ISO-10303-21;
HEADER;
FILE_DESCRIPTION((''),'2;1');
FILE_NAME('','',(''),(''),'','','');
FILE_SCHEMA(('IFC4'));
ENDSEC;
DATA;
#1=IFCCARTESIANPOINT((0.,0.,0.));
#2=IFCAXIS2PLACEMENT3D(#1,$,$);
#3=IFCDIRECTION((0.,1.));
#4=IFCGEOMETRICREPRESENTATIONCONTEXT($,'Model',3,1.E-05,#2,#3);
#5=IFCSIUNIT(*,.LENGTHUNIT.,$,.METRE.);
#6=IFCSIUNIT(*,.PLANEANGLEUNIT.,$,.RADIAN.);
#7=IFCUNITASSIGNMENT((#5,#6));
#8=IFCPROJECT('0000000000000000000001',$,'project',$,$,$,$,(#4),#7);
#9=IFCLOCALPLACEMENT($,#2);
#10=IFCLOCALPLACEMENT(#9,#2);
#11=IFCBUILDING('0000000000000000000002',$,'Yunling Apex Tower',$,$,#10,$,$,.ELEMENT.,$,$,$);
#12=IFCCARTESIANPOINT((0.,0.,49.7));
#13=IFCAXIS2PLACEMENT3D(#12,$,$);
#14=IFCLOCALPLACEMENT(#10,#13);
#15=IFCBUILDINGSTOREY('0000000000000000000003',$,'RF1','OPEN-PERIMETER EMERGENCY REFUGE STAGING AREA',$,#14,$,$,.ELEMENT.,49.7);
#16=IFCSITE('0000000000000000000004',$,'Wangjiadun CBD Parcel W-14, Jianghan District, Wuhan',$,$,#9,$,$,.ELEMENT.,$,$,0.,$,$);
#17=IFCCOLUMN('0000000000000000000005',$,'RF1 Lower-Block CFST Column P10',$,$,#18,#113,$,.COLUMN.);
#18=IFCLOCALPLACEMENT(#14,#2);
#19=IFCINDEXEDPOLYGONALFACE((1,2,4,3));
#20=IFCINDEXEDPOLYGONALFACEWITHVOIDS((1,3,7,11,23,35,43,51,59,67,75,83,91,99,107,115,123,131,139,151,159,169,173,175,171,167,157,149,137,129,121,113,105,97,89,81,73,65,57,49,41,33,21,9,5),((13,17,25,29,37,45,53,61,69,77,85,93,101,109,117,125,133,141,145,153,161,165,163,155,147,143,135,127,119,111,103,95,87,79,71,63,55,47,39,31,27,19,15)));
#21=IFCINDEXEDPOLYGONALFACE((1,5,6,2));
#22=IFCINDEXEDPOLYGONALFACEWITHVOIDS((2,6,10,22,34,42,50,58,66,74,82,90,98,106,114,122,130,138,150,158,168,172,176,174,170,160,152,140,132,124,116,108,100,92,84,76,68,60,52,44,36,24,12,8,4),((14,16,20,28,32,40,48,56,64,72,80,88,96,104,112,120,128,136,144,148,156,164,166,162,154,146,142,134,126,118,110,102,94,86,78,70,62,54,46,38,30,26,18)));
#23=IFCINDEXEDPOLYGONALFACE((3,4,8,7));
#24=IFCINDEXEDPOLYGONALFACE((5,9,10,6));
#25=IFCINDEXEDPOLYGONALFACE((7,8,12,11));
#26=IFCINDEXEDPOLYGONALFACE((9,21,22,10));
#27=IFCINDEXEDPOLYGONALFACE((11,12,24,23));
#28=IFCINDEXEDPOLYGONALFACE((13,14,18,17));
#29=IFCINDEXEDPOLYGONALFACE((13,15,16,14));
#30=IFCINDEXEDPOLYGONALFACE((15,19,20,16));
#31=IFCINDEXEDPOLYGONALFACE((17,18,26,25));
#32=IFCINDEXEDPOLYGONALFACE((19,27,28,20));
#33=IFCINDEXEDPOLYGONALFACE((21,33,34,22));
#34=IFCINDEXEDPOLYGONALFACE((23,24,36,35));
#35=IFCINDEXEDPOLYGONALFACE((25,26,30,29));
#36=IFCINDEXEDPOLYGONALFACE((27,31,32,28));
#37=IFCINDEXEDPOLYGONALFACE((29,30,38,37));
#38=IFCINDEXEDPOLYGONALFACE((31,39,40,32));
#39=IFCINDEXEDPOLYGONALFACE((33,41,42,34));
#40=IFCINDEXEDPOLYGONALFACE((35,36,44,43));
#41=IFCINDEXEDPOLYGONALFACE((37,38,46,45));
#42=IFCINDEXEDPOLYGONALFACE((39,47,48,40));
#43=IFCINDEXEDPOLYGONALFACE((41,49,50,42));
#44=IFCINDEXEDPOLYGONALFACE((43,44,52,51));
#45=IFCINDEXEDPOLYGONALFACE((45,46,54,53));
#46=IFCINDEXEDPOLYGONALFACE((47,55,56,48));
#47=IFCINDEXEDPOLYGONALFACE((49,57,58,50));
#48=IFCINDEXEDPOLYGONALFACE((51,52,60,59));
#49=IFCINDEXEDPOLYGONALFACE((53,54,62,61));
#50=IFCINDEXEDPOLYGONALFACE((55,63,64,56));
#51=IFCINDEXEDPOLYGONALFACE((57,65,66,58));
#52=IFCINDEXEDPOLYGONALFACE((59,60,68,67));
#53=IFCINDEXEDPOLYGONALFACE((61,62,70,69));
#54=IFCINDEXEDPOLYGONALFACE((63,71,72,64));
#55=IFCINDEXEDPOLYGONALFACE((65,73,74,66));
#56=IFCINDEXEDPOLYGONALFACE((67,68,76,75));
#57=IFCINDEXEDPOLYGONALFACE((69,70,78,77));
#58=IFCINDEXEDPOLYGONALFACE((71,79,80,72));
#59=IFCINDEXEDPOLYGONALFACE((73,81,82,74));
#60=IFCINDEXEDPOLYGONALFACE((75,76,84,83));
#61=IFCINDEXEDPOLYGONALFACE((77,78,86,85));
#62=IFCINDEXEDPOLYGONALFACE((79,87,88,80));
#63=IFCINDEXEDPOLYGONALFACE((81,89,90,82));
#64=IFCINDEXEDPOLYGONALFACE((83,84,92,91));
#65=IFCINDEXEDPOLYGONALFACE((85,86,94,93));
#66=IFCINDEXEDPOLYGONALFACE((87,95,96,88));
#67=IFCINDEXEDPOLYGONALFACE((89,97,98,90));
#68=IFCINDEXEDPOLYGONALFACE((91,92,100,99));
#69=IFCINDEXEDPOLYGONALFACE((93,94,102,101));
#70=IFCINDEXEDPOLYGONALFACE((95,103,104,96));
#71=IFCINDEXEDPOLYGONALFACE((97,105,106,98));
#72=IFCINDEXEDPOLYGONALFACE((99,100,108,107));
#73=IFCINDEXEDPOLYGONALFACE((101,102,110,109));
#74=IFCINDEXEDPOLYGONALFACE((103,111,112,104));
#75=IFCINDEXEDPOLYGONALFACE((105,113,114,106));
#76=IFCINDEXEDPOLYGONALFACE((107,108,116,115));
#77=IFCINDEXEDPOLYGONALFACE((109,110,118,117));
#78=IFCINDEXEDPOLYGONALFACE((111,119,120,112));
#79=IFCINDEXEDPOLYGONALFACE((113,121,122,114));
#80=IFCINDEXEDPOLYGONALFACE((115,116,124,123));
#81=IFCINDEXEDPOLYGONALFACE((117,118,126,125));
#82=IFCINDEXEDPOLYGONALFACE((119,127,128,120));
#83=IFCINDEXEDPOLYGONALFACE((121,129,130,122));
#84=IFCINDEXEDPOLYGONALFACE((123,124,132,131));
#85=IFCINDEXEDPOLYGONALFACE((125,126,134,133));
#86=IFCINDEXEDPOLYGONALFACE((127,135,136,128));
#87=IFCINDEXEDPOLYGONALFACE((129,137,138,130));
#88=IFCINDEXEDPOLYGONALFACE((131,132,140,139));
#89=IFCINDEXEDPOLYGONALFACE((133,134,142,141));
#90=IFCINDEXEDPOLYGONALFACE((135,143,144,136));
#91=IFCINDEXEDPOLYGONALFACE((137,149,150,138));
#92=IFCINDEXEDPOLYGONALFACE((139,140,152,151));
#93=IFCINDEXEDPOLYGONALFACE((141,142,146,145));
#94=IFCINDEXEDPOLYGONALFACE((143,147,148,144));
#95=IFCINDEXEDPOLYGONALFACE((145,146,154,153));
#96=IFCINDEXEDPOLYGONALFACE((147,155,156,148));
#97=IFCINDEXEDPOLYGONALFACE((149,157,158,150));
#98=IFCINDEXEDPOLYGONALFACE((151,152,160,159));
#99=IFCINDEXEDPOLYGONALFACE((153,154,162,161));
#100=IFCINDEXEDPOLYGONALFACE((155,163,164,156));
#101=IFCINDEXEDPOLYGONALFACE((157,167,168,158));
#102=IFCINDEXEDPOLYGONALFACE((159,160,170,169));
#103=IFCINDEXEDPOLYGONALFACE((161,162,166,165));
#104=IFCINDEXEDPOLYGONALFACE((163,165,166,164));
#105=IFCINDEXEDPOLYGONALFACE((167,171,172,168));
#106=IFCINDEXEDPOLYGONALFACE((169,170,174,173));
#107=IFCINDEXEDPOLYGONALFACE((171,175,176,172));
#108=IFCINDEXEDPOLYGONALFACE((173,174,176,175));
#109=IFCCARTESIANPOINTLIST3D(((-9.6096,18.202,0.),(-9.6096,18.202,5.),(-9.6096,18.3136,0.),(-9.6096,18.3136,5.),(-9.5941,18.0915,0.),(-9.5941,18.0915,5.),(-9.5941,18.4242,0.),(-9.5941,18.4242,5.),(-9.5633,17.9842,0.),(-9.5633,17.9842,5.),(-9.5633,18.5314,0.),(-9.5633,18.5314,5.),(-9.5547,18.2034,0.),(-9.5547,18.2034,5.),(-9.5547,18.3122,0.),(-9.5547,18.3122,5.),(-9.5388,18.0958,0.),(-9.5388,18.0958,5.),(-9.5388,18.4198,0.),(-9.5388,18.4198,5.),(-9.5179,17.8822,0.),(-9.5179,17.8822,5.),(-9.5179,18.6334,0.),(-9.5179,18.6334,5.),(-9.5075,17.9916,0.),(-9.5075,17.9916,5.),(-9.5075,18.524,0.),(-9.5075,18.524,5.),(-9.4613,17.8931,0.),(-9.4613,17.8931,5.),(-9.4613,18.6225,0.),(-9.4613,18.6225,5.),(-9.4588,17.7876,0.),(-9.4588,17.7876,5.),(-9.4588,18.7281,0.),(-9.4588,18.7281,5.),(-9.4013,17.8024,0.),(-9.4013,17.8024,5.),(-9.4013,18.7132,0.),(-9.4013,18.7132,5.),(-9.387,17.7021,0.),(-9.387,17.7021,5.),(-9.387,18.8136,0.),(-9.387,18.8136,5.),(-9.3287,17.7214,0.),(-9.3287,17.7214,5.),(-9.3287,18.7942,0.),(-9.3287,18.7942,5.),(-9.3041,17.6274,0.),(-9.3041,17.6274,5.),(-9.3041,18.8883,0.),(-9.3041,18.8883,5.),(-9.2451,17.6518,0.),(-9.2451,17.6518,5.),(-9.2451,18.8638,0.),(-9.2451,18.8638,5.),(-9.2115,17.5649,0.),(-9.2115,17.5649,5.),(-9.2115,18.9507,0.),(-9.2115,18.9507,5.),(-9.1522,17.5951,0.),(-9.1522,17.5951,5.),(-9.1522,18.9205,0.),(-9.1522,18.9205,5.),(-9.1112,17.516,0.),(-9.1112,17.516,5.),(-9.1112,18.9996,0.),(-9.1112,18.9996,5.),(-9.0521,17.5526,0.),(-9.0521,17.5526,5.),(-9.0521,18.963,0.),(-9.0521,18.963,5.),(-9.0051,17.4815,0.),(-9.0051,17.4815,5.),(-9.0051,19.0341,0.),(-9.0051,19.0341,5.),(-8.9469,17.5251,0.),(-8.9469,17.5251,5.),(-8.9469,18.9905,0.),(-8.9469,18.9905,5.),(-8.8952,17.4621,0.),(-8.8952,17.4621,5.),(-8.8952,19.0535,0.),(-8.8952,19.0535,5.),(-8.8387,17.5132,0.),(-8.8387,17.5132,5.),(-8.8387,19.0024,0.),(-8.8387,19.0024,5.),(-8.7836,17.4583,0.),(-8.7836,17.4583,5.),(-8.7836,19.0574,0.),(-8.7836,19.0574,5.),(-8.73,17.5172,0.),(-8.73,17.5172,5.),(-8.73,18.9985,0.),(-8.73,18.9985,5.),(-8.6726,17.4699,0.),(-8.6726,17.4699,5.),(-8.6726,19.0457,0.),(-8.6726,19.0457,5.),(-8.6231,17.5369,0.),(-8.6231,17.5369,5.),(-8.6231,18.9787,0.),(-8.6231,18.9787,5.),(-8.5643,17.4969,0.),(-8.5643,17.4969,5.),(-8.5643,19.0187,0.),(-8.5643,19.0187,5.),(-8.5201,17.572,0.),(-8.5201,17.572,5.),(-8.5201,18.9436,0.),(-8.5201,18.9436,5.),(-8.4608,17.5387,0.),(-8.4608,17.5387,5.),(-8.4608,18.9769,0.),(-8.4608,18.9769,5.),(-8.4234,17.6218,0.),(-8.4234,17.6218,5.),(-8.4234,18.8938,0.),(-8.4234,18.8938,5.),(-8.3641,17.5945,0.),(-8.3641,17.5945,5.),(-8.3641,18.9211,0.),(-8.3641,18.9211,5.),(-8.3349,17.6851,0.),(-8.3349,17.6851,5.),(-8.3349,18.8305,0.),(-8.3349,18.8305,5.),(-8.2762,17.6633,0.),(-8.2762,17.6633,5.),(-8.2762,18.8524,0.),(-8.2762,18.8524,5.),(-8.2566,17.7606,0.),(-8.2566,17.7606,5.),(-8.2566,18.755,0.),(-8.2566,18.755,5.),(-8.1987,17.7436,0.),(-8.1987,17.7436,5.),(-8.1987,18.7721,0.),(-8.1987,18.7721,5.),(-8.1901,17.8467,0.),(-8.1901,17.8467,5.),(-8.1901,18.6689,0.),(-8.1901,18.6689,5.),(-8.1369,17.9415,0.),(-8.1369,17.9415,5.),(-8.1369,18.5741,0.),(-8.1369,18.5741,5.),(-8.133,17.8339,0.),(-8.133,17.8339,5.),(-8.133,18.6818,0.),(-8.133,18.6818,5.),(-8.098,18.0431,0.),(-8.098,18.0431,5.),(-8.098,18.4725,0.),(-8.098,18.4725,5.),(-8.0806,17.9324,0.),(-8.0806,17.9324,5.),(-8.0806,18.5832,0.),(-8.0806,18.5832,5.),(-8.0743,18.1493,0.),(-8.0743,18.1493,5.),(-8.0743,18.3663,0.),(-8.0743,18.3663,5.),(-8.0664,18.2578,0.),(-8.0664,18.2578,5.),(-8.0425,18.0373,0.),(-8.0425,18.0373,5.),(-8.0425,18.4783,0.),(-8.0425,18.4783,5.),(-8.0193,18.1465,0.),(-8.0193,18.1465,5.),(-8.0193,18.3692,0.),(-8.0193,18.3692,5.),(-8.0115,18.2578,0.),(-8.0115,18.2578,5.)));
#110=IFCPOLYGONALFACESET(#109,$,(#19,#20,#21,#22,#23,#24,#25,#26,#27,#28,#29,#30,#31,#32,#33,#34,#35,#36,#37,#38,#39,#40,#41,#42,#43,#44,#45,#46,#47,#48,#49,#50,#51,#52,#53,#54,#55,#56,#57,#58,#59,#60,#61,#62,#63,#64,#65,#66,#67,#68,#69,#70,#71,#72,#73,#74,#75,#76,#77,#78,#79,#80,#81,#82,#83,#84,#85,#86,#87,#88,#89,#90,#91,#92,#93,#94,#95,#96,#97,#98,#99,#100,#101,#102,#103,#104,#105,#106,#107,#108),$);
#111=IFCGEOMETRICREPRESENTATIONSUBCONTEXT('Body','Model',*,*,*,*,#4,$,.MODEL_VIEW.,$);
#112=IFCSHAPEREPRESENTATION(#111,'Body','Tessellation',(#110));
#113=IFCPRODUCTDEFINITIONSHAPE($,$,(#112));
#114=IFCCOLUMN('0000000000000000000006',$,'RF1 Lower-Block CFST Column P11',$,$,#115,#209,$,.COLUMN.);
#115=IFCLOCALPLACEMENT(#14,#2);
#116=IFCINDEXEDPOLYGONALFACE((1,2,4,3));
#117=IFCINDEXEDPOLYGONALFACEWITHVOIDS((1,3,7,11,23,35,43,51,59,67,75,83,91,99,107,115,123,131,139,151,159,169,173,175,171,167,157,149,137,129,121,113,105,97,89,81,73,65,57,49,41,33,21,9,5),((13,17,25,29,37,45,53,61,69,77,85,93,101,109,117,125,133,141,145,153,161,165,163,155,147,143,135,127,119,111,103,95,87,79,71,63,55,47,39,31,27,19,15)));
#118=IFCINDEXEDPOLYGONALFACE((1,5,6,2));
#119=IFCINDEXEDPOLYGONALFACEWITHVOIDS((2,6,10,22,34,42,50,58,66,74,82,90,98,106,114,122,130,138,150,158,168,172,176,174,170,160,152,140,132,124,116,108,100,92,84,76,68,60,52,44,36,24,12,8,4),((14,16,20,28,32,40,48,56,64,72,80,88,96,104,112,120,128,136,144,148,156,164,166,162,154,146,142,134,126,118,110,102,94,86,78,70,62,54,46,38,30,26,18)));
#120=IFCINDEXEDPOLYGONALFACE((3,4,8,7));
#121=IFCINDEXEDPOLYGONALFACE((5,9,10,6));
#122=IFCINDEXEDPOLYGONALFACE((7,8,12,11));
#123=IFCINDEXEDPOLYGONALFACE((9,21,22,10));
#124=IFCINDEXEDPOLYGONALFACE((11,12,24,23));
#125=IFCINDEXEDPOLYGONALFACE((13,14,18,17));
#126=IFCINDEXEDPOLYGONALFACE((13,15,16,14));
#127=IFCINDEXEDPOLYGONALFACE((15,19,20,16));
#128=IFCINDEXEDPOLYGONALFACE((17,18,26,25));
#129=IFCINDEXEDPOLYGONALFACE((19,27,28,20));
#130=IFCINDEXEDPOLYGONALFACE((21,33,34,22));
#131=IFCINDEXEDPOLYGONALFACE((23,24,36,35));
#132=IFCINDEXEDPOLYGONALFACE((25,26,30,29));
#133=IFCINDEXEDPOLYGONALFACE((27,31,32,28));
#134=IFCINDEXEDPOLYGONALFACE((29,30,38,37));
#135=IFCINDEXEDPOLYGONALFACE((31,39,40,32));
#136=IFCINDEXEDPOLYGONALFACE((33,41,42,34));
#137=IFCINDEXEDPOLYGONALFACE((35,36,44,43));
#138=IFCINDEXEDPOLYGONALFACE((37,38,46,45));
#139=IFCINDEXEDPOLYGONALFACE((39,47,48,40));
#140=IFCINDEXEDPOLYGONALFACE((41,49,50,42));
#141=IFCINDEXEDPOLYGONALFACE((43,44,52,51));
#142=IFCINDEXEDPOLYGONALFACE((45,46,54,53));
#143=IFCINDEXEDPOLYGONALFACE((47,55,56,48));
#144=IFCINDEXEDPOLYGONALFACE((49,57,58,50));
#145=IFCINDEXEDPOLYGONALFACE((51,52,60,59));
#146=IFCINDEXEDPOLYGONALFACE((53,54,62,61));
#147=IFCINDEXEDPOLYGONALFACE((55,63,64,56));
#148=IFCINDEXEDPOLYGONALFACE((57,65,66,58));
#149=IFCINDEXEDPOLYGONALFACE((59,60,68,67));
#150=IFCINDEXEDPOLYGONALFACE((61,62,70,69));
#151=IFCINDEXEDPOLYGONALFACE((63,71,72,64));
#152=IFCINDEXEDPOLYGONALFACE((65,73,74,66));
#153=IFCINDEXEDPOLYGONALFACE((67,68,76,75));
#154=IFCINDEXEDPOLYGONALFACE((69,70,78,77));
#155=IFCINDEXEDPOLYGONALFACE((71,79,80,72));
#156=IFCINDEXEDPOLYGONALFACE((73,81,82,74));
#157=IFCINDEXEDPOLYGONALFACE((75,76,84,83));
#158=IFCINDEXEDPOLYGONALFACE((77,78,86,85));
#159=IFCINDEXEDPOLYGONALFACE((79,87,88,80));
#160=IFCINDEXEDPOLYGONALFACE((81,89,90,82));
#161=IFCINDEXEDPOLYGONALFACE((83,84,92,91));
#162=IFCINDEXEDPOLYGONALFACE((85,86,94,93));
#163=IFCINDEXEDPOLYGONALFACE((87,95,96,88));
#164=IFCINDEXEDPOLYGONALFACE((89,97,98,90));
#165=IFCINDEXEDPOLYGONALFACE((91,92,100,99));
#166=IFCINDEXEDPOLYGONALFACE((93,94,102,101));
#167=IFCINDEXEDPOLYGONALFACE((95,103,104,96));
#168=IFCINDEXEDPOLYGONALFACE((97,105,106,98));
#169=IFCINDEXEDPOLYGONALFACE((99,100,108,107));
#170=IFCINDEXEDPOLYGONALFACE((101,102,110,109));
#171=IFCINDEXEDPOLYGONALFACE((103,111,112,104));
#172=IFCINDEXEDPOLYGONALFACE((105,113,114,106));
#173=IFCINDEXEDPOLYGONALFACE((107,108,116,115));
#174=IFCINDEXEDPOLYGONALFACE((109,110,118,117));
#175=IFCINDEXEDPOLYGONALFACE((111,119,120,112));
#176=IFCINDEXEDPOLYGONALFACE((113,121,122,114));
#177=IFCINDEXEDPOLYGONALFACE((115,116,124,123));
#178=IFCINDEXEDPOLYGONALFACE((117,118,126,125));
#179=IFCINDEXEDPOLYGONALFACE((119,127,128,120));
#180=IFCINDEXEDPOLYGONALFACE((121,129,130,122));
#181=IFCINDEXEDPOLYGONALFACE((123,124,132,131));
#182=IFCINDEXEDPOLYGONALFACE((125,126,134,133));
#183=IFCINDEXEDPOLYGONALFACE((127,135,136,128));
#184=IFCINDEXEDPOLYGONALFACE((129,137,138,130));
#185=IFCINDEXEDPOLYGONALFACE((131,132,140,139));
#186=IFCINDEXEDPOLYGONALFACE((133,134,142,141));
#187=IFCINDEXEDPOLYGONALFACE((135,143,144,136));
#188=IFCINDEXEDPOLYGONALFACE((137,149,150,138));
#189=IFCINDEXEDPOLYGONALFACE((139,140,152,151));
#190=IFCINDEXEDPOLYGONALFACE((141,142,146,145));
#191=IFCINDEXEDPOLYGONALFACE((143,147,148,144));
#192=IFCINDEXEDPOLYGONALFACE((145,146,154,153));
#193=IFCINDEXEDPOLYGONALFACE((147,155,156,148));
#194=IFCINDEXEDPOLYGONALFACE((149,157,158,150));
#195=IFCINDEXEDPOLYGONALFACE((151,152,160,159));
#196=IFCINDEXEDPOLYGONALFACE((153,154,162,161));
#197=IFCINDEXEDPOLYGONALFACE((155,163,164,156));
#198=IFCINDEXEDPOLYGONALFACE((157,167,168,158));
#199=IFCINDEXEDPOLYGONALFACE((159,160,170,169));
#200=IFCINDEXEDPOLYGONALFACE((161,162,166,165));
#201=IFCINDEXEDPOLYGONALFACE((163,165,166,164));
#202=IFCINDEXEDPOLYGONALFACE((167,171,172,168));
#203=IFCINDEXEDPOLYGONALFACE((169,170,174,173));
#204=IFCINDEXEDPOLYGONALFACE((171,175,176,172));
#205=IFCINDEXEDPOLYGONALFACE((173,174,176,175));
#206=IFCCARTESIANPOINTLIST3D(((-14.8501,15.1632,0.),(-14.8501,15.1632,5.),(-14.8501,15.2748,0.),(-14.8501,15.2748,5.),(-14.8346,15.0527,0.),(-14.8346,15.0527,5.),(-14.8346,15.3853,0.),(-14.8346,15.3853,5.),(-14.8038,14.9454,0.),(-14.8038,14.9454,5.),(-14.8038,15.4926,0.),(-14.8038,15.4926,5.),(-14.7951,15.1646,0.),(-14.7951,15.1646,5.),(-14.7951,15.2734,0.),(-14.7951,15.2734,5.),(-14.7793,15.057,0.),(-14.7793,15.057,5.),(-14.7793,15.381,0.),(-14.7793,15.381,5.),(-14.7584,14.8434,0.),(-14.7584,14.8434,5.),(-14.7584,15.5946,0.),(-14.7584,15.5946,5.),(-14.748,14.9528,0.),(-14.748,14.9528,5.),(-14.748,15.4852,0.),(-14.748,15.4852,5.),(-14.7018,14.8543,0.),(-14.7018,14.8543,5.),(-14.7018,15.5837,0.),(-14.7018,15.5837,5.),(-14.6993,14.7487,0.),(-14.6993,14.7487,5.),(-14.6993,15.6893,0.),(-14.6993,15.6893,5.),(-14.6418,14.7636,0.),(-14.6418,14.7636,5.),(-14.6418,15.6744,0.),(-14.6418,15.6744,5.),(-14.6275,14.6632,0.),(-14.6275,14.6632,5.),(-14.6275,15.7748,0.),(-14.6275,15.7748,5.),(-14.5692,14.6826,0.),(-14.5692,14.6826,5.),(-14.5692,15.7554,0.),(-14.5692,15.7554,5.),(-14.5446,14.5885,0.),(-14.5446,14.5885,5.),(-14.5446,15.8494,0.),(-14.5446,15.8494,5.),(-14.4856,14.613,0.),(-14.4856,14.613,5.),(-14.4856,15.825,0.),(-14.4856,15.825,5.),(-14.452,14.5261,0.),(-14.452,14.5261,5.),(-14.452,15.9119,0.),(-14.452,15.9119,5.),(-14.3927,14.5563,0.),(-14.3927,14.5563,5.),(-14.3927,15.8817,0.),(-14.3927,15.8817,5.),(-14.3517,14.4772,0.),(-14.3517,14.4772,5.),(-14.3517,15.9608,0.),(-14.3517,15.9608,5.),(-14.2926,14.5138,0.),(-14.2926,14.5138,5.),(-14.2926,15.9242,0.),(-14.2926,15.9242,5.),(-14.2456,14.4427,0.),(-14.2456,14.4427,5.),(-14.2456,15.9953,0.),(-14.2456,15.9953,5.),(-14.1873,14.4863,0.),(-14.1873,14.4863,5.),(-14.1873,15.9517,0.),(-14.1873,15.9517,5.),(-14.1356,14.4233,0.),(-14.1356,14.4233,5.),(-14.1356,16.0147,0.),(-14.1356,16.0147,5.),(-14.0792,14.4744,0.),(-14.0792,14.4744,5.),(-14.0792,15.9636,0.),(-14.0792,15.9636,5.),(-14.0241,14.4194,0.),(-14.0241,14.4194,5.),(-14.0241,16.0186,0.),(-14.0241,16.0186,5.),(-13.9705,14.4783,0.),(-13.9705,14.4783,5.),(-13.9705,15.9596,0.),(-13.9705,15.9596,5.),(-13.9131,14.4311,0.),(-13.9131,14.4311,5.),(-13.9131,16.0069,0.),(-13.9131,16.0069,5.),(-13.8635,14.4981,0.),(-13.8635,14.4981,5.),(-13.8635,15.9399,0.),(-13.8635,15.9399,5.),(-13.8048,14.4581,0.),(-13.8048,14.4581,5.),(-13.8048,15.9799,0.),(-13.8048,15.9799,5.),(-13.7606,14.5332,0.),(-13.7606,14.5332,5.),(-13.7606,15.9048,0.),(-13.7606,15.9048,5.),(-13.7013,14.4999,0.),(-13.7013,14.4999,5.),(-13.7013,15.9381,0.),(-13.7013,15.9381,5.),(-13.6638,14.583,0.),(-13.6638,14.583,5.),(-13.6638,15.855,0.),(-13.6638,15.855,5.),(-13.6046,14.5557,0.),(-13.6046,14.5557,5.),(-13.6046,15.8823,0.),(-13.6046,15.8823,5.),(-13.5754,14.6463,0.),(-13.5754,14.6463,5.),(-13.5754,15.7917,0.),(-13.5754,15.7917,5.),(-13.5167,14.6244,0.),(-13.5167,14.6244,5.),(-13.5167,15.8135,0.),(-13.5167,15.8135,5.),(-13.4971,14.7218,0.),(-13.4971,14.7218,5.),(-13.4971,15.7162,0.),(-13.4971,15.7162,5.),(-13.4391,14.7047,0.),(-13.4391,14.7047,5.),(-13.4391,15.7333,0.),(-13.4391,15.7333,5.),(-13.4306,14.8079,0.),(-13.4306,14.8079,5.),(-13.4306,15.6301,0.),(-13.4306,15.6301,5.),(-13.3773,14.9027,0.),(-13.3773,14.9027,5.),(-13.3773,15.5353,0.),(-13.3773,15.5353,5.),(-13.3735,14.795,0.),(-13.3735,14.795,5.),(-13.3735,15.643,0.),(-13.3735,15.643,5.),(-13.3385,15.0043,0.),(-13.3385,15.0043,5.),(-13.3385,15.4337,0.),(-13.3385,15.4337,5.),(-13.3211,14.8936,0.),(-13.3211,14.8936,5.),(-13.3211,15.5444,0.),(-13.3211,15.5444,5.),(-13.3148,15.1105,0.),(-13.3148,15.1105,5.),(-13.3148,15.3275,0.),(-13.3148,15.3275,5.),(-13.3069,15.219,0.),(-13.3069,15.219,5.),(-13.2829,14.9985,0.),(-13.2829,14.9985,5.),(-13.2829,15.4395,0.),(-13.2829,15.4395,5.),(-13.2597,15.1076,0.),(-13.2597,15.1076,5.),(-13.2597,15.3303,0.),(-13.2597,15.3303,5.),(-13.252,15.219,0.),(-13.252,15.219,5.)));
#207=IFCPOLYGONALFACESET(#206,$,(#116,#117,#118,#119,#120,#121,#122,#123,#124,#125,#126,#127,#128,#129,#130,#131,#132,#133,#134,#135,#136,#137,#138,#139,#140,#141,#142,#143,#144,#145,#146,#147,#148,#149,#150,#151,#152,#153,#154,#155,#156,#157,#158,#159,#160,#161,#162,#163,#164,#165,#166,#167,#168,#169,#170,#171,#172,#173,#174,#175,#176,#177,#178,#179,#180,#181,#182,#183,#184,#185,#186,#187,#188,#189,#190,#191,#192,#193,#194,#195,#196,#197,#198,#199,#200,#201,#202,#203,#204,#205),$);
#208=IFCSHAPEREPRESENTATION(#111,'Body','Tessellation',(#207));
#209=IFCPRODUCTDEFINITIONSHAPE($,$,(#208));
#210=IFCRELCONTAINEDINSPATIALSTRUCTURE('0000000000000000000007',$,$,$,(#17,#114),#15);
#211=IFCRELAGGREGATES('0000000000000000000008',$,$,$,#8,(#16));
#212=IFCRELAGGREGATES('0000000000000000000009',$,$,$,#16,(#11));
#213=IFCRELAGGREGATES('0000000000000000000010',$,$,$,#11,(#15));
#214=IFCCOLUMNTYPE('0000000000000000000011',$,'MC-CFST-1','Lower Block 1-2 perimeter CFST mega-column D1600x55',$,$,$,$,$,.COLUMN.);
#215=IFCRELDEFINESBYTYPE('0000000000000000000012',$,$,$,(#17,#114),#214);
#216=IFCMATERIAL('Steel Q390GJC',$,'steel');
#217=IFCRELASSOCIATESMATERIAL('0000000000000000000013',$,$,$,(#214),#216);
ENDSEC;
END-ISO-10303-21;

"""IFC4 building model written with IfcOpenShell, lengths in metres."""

from ifc_helpers import new_model, si_unit, direction, frame, origin, origin_2d, place, context, subcontext, project, spatial, hollow_circle, extrude, source, transform, mapped, material, material_profile, profile_set, type_object, element, save


model = new_model("IFC4")

# Units and contexts
model_context = context("Model", 3, precision=1e-05, world=origin(), true_north=direction((0.0, 1.0)))
body_context = subcontext(model_context, "Body", "Model", "MODEL_VIEW")
ifc_project = project(units=[si_unit("LENGTHUNIT", "METRE"), si_unit("PLANEANGLEUNIT", "RADIAN")], contexts=[model_context])

# Site, building, storey
site_placement = place(None, origin())
site = spatial("IfcSite", under=ifc_project, at=site_placement, Name="Wangjiadun CBD Parcel W-14, Jianghan District, Wuhan", CompositionType="ELEMENT", RefElevation=0.0)
building_placement = place(site_placement, origin())
building = spatial("IfcBuilding", under=site, at=building_placement, Name="Yunling Apex Tower", CompositionType="ELEMENT")
storey_placement = place(building_placement, frame((0.0, 0.0, 49.7)))
storey = spatial("IfcBuildingStorey", under=building, at=storey_placement, Name="RF1", Description="OPEN-PERIMETER EMERGENCY REFUGE STAGING AREA", CompositionType="ELEMENT", Elevation=49.7)

# Columns
ifc_material_1 = material(Name="Steel Q390GJC", Category="steel")
ifc_material_profile_1 = material_profile(ifc_material_1, hollow_circle(Radius=0.8, WallThickness=0.0549, at=origin_2d()))
ifc_profile_set_1 = profile_set([ifc_material_profile_1], Name="Steel Q390GJC")
column_type = type_object("IfcColumnType", Name="MC-CFST-1", Description="Lower Block 1-2 perimeter CFST mega-column D1600x55", PredefinedType="COLUMN", material=ifc_profile_set_1)
shared_shape_1 = source(origin(), body_context, "Body", "SweptSolid", [
    extrude(hollow_circle(Radius=0.8, WallThickness=0.0549, at=origin_2d()), origin(), (0.0, 0.0, 1.0), 5.0),
])
for number, where, z_axis, x_axis, name in (
    (1, (-8.8115, 18.2578, 0.0), (0.0, 0.0, 1.0), (1.0, 0.0, 0.0), "RF1 Lower-Block CFST Column P10"),
    (2, (-14.052, 15.219, 0.0), (0.0, 0.0, 1.0), (1.0, 0.0, 0.0), "RF1 Lower-Block CFST Column P11"),
):
    element("IfcColumn", number, at=place(storey_placement, frame(where, z_axis=z_axis, x_axis=x_axis)), inside=storey, type_object=column_type, Name=name, PredefinedType="COLUMN", context=body_context, shape_type="MappedRepresentation", body=[
        mapped(shared_shape_1, transform((0.0, 0.0, 0.0), scale=1.0)),
    ])

save(model, "model.ifc")
